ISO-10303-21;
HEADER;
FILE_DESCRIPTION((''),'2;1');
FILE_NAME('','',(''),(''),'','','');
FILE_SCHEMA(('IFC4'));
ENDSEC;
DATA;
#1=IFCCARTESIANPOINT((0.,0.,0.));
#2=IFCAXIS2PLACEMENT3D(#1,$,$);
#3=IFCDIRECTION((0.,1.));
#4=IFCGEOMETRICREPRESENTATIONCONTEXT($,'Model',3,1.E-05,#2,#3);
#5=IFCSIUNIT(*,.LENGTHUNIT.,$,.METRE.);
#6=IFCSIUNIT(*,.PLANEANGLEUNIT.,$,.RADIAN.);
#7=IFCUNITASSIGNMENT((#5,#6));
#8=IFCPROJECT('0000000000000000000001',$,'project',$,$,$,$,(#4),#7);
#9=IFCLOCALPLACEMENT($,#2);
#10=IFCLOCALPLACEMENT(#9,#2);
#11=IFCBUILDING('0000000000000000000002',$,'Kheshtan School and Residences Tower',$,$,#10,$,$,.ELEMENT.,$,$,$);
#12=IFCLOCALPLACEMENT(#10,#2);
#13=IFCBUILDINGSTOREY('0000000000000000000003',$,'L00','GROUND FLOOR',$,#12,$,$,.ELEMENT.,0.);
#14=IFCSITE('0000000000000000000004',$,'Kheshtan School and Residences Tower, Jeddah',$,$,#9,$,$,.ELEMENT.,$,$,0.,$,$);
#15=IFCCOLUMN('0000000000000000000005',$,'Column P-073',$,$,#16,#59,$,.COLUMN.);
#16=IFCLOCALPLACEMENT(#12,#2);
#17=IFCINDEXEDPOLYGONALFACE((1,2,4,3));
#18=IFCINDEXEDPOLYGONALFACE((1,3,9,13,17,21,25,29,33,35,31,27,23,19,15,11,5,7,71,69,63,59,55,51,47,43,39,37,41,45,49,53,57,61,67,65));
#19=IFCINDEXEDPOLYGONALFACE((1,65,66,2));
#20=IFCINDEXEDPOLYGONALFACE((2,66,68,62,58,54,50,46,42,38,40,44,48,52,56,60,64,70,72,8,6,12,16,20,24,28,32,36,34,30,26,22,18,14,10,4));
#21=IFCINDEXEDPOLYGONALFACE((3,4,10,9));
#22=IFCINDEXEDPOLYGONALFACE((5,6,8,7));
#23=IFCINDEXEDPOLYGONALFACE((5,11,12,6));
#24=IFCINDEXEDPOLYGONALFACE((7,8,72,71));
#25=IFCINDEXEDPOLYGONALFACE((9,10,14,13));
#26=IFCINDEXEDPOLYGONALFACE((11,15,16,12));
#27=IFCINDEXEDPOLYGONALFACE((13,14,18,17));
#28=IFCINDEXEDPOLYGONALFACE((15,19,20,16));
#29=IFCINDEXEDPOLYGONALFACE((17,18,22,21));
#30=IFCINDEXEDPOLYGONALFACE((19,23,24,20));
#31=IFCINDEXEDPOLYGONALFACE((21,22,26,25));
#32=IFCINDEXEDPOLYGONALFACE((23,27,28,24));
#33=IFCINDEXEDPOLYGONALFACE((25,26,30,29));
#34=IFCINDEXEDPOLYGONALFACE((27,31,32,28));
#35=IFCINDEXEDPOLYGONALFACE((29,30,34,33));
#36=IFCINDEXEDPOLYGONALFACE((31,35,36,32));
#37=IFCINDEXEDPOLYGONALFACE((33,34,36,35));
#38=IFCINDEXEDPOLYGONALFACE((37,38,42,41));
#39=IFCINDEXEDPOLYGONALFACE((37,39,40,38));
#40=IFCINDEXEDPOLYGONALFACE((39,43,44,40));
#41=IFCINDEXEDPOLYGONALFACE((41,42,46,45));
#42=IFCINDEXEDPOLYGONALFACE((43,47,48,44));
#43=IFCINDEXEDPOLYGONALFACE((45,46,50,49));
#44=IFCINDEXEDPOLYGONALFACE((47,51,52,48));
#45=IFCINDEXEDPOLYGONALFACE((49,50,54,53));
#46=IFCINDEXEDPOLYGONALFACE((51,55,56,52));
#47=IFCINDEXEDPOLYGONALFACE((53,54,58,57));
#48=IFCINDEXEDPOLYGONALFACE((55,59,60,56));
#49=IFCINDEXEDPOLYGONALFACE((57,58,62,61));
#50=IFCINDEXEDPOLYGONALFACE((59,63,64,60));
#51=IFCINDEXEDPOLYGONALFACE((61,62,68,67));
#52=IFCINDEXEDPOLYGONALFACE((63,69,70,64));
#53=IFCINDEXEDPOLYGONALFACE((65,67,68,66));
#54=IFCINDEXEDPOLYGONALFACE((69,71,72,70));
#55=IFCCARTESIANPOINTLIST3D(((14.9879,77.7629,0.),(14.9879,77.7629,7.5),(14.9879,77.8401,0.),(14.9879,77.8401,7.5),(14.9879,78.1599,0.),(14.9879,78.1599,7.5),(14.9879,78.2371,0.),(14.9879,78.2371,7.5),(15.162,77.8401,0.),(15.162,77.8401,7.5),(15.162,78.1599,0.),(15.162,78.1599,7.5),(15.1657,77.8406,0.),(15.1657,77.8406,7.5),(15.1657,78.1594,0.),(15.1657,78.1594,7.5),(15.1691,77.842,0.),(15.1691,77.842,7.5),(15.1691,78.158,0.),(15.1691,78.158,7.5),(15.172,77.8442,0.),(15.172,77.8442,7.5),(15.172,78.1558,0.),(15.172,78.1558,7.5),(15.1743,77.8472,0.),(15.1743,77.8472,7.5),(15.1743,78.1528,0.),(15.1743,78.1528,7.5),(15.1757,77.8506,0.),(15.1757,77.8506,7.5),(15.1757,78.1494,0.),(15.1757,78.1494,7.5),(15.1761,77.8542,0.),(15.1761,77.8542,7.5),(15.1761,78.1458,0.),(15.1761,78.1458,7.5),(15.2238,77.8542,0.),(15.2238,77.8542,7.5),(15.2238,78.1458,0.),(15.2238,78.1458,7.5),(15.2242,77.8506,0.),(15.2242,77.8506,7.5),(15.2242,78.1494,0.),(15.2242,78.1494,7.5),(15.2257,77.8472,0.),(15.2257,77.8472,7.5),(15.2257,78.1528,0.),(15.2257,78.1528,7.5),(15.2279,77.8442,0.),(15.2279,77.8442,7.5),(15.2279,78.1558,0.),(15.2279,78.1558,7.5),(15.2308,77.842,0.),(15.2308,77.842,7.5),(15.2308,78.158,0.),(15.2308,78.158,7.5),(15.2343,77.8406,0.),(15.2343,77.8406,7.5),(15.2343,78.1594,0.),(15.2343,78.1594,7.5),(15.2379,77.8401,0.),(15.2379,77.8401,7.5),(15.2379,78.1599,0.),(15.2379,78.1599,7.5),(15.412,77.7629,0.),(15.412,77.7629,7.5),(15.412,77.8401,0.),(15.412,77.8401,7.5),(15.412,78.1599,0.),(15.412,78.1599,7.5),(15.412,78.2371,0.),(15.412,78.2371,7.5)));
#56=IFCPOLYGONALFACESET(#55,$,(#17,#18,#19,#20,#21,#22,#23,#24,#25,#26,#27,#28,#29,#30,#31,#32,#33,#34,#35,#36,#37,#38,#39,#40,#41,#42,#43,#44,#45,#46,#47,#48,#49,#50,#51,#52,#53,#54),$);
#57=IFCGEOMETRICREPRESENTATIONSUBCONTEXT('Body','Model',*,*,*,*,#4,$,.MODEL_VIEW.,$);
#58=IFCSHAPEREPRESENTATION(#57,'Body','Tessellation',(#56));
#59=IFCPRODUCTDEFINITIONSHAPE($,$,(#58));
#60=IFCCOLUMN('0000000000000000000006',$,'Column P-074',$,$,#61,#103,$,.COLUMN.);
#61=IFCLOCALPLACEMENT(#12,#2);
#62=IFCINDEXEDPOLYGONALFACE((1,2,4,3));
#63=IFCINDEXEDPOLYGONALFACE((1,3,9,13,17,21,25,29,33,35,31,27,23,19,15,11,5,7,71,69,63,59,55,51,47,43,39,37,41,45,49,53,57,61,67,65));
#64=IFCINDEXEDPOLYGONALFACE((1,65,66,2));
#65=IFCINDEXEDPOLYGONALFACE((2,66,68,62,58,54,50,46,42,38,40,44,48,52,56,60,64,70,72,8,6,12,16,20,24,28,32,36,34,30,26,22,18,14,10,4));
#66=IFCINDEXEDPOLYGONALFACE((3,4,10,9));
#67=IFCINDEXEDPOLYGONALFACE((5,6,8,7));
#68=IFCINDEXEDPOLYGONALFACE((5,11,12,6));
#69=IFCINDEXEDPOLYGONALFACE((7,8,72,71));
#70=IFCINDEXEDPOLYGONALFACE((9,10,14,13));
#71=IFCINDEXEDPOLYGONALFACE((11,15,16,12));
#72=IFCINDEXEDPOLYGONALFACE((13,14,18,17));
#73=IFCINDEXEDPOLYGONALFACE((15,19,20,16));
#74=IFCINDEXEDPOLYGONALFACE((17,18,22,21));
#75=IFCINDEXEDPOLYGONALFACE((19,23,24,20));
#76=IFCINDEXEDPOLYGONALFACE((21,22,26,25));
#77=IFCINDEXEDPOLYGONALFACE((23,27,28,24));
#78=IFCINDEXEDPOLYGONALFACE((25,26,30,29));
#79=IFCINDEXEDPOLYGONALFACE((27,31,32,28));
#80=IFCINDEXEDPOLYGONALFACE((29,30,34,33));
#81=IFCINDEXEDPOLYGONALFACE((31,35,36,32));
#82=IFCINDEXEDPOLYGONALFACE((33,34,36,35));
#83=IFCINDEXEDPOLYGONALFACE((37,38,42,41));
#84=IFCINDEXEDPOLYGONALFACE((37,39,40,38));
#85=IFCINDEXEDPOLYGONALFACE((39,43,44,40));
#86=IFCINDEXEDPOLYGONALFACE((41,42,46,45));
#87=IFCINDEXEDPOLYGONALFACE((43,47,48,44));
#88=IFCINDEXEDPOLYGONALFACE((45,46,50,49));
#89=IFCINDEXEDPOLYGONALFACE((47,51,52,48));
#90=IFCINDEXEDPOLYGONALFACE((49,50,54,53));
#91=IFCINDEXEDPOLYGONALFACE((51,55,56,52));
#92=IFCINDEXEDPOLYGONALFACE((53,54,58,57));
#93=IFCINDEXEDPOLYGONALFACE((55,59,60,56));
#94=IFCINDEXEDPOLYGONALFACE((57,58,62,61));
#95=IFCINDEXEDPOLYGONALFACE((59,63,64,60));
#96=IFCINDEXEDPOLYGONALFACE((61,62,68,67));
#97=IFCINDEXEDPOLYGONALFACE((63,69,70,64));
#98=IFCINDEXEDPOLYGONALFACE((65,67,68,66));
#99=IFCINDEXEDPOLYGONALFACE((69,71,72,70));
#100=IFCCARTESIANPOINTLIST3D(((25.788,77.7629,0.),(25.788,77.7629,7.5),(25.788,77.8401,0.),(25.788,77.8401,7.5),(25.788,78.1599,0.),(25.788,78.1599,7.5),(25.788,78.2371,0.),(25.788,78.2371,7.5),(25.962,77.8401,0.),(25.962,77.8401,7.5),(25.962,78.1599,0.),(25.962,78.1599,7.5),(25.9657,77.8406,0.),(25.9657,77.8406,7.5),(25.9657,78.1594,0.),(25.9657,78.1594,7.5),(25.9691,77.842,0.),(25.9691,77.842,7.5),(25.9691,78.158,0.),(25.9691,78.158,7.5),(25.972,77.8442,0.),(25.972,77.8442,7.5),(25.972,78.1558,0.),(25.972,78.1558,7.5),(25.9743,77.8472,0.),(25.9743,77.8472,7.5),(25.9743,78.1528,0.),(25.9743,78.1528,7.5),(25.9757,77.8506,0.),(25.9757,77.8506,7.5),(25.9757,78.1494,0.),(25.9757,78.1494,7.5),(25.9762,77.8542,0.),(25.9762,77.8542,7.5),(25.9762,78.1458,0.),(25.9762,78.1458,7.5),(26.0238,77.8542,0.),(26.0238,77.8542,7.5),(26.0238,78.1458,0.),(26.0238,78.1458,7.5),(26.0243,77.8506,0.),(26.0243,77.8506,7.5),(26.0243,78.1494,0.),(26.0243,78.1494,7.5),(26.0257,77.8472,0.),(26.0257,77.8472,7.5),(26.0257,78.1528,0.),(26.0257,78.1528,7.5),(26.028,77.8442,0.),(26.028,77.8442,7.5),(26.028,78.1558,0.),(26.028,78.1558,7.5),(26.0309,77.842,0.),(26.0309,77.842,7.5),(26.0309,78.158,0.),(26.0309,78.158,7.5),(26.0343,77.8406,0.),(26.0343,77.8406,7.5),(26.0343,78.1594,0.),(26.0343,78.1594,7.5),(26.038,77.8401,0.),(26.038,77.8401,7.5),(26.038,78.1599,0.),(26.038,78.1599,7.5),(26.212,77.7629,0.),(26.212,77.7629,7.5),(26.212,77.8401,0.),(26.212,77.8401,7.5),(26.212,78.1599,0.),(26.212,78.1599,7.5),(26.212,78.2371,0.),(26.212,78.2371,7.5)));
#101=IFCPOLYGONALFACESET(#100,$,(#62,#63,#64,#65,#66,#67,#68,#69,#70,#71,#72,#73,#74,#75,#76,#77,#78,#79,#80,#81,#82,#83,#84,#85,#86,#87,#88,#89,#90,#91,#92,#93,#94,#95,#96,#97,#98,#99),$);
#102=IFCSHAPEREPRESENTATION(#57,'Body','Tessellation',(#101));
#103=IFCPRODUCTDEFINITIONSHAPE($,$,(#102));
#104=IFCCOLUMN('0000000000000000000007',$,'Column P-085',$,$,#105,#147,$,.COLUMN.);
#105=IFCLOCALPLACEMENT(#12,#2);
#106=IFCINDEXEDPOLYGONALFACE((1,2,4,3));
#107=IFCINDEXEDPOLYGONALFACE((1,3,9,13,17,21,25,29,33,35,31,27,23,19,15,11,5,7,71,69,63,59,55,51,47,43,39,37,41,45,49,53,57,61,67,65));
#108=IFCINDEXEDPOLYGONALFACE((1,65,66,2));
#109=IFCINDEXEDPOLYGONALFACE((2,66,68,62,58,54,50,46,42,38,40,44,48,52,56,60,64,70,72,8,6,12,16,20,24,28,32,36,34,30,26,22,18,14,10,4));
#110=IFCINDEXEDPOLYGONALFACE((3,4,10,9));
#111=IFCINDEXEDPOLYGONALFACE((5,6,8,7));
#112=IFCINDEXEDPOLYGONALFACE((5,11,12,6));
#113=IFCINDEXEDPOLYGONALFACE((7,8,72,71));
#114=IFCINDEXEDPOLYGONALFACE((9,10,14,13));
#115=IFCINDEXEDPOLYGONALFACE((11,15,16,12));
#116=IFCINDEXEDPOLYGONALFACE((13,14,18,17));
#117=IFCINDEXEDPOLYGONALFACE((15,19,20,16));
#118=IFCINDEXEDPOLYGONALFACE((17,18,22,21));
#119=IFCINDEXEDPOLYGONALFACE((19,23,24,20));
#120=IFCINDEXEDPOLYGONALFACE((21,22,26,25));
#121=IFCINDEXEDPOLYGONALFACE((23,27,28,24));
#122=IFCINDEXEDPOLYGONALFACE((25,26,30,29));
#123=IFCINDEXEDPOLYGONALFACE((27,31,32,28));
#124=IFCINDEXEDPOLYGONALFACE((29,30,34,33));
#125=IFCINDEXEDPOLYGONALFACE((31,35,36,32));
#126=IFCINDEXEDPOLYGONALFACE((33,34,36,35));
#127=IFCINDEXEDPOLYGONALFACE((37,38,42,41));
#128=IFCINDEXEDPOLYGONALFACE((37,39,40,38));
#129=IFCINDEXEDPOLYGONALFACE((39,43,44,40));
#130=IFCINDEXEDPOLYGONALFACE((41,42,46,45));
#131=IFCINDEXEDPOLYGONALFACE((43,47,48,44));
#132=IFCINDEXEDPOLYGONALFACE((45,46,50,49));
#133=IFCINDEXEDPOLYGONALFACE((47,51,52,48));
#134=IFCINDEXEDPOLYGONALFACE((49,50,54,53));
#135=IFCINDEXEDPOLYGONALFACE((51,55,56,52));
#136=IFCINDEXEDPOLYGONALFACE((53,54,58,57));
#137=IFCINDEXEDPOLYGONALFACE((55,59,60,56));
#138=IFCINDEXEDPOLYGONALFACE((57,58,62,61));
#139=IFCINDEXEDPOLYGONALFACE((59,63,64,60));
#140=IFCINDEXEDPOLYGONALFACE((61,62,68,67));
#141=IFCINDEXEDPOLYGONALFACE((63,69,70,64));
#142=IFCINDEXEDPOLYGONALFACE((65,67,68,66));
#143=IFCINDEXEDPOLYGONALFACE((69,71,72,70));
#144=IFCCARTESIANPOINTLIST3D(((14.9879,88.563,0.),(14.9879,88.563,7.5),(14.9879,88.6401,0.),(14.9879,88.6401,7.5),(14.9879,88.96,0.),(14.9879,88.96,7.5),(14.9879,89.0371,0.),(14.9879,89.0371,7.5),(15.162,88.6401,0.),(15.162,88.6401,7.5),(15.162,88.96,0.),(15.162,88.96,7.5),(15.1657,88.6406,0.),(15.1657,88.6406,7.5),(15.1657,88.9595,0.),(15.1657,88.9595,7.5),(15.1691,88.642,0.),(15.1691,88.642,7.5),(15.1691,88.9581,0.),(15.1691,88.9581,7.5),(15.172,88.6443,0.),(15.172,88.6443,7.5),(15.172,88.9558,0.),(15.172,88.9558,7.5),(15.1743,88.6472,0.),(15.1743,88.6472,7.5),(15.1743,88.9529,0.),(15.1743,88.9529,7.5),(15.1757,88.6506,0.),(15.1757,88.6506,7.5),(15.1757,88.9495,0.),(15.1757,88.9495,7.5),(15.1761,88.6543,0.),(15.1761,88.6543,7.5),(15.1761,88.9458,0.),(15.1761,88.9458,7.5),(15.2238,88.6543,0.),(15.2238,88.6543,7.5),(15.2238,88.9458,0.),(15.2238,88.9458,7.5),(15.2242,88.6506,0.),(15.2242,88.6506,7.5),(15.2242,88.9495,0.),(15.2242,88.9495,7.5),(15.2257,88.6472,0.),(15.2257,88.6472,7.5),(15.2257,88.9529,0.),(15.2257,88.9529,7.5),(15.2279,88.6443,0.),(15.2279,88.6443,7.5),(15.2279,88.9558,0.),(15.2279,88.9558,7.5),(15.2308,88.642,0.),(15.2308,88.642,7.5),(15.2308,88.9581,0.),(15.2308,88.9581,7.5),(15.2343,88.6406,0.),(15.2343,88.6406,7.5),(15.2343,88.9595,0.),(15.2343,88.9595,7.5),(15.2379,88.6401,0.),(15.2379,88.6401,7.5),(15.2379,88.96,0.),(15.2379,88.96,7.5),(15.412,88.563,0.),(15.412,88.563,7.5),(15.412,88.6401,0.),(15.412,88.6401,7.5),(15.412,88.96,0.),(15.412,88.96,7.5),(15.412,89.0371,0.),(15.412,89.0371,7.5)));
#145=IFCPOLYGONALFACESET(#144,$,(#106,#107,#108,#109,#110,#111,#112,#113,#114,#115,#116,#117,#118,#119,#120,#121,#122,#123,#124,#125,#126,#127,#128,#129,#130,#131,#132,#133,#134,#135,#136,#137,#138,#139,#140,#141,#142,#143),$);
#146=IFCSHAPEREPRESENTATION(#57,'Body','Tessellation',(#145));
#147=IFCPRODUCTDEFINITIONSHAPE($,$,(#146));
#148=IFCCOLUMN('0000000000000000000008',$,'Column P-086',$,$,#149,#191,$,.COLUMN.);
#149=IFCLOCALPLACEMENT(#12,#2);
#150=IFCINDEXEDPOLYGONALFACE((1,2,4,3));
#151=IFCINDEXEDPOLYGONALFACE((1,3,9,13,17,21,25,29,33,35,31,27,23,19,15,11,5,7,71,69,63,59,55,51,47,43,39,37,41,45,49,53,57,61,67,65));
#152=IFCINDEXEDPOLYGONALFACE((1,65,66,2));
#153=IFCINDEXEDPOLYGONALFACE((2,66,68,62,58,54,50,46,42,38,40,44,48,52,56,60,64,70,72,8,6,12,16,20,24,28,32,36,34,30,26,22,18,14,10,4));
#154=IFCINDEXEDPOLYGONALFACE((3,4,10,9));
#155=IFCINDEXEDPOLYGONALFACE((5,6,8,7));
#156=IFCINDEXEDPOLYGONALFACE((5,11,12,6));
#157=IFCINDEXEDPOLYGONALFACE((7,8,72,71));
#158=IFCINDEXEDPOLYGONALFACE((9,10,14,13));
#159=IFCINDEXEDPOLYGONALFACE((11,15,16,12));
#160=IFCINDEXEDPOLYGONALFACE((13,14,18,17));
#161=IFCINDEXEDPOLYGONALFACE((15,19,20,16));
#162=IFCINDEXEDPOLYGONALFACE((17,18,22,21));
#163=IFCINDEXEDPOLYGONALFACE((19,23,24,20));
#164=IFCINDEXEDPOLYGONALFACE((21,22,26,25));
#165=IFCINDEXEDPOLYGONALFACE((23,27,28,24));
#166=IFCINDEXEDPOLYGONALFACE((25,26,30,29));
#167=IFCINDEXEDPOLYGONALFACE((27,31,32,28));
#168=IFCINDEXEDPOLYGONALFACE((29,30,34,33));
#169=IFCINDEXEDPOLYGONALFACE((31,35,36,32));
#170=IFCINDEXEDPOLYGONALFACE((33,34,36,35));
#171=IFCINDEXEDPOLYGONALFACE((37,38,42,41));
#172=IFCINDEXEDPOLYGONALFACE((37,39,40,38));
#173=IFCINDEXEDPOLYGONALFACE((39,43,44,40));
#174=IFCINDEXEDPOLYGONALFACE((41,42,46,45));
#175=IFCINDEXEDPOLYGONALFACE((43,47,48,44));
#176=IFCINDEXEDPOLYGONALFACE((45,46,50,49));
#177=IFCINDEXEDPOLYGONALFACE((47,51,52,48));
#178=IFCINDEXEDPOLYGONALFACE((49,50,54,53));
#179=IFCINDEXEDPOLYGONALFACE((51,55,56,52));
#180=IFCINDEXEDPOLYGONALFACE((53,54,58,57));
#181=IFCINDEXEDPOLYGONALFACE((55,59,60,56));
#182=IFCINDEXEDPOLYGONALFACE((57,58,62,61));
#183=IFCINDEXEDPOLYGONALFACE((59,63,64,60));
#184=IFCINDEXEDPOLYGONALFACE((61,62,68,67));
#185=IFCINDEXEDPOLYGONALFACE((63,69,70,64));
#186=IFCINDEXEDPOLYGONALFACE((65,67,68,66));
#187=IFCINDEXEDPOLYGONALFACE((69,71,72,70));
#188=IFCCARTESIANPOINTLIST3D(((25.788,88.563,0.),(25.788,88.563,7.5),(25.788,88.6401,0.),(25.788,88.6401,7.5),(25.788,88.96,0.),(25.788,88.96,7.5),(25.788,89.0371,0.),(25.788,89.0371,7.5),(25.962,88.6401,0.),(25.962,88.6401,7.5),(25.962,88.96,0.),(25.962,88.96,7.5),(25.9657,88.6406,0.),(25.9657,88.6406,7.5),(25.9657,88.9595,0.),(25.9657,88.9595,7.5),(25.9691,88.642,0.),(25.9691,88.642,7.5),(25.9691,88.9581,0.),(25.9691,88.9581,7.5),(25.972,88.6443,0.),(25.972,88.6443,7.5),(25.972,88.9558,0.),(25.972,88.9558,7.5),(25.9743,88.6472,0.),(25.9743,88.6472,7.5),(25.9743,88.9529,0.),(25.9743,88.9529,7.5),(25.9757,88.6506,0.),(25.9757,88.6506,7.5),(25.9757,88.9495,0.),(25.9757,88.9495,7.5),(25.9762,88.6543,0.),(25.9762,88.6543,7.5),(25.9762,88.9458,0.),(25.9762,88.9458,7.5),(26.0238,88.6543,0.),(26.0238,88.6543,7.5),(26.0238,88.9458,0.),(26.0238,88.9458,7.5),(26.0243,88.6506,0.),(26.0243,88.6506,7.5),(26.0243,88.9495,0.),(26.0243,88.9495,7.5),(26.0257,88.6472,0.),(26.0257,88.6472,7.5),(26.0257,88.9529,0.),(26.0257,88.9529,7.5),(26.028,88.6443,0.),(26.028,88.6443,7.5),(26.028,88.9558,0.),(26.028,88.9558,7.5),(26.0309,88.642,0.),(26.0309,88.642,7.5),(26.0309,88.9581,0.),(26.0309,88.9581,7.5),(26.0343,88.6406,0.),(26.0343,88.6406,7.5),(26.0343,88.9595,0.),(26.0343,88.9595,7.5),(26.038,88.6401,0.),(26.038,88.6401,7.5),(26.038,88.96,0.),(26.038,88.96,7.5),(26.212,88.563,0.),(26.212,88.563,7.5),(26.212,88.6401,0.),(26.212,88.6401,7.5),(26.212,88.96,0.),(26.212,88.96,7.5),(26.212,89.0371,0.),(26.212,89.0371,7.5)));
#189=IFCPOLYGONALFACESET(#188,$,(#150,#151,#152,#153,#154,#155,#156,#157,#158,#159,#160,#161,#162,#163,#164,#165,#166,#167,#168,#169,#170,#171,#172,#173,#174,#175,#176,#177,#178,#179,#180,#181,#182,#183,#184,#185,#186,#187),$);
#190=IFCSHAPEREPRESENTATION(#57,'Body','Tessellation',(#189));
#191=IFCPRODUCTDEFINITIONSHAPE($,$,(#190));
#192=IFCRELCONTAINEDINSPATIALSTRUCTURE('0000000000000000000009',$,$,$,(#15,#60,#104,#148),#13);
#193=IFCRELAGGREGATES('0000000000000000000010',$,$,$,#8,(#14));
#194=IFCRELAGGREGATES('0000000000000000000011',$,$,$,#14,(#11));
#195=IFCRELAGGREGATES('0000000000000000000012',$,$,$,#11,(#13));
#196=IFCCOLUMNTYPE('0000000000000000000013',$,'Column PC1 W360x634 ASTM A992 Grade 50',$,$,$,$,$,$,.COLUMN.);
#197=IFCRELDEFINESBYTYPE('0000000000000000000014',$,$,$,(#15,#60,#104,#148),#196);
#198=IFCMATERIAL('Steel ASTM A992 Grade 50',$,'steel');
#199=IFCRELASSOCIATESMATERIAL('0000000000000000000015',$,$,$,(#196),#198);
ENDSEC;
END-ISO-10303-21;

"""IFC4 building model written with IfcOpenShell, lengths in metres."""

from ifc_helpers import new_model, si_unit, direction, frame, origin, origin_2d, place, context, subcontext, project, spatial, i_section, extrude, material, material_profile, profile_set, type_object, element, save


model = new_model("IFC4")

# Units and contexts
model_context = context("Model", 3, precision=1e-05, world=origin(), true_north=direction((0.0, 1.0)))
body_context = subcontext(model_context, "Body", "Model", "MODEL_VIEW")
ifc_project = project(units=[si_unit("LENGTHUNIT", "METRE"), si_unit("PLANEANGLEUNIT", "RADIAN")], contexts=[model_context])

# Site, building, storey
site_placement = place(None, origin())
site = spatial("IfcSite", under=ifc_project, at=site_placement, Name="Kheshtan School and Residences Tower, Jeddah", CompositionType="ELEMENT", RefElevation=0.0)
building_placement = place(site_placement, origin())
building = spatial("IfcBuilding", under=site, at=building_placement, Name="Kheshtan School and Residences Tower", CompositionType="ELEMENT")
storey_placement = place(building_placement, origin())
storey = spatial("IfcBuildingStorey", under=building, at=storey_placement, Name="L00", Description="GROUND FLOOR", CompositionType="ELEMENT", Elevation=0.0)

# Columns
ifc_material_1 = material(Name="Steel ASTM A992 Grade 50", Category="steel")
ifc_material_profile_1 = material_profile(ifc_material_1, i_section(OverallWidth=0.4241, OverallDepth=0.4741, WebThickness=0.0476, FlangeThickness=0.0771, FilletRadius=0.0142, at=origin_2d()), Name="W360x634")
ifc_profile_set_1 = profile_set([ifc_material_profile_1], Name="Steel ASTM A992 Grade 50")
column_type = type_object("IfcColumnType", Name="Column PC1 W360x634 ASTM A992 Grade 50", PredefinedType="COLUMN", material=ifc_profile_set_1)
for number, where, z_axis, x_axis, name in (
    (1, (15.2, 78.0, 0.0), (0.0, 0.0, 1.0), (1.0, 0.0, 0.0), "Column P-073"),
    (2, (26.0, 78.0, 0.0), (0.0, 0.0, 1.0), (1.0, 0.0, 0.0), "Column P-074"),
    (3, (15.2, 88.8, 0.0), (0.0, 0.0, 1.0), (1.0, 0.0, 0.0), "Column P-085"),
    (4, (26.0, 88.8, 0.0), (0.0, 0.0, 1.0), (1.0, 0.0, 0.0), "Column P-086"),
):
    element("IfcColumn", number, at=place(storey_placement, frame(where, z_axis=z_axis, x_axis=x_axis)), inside=storey, type_object=column_type, Name=name, PredefinedType="COLUMN", context=body_context, shape_type="SweptSolid", body=[
        extrude(i_section(OverallWidth=0.4241, OverallDepth=0.4741, WebThickness=0.0476, FlangeThickness=0.0771, FilletRadius=0.0142, at=origin_2d()), origin(), (0.0, 0.0, 1.0), 7.5),
    ])

save(model, "model.ifc")
